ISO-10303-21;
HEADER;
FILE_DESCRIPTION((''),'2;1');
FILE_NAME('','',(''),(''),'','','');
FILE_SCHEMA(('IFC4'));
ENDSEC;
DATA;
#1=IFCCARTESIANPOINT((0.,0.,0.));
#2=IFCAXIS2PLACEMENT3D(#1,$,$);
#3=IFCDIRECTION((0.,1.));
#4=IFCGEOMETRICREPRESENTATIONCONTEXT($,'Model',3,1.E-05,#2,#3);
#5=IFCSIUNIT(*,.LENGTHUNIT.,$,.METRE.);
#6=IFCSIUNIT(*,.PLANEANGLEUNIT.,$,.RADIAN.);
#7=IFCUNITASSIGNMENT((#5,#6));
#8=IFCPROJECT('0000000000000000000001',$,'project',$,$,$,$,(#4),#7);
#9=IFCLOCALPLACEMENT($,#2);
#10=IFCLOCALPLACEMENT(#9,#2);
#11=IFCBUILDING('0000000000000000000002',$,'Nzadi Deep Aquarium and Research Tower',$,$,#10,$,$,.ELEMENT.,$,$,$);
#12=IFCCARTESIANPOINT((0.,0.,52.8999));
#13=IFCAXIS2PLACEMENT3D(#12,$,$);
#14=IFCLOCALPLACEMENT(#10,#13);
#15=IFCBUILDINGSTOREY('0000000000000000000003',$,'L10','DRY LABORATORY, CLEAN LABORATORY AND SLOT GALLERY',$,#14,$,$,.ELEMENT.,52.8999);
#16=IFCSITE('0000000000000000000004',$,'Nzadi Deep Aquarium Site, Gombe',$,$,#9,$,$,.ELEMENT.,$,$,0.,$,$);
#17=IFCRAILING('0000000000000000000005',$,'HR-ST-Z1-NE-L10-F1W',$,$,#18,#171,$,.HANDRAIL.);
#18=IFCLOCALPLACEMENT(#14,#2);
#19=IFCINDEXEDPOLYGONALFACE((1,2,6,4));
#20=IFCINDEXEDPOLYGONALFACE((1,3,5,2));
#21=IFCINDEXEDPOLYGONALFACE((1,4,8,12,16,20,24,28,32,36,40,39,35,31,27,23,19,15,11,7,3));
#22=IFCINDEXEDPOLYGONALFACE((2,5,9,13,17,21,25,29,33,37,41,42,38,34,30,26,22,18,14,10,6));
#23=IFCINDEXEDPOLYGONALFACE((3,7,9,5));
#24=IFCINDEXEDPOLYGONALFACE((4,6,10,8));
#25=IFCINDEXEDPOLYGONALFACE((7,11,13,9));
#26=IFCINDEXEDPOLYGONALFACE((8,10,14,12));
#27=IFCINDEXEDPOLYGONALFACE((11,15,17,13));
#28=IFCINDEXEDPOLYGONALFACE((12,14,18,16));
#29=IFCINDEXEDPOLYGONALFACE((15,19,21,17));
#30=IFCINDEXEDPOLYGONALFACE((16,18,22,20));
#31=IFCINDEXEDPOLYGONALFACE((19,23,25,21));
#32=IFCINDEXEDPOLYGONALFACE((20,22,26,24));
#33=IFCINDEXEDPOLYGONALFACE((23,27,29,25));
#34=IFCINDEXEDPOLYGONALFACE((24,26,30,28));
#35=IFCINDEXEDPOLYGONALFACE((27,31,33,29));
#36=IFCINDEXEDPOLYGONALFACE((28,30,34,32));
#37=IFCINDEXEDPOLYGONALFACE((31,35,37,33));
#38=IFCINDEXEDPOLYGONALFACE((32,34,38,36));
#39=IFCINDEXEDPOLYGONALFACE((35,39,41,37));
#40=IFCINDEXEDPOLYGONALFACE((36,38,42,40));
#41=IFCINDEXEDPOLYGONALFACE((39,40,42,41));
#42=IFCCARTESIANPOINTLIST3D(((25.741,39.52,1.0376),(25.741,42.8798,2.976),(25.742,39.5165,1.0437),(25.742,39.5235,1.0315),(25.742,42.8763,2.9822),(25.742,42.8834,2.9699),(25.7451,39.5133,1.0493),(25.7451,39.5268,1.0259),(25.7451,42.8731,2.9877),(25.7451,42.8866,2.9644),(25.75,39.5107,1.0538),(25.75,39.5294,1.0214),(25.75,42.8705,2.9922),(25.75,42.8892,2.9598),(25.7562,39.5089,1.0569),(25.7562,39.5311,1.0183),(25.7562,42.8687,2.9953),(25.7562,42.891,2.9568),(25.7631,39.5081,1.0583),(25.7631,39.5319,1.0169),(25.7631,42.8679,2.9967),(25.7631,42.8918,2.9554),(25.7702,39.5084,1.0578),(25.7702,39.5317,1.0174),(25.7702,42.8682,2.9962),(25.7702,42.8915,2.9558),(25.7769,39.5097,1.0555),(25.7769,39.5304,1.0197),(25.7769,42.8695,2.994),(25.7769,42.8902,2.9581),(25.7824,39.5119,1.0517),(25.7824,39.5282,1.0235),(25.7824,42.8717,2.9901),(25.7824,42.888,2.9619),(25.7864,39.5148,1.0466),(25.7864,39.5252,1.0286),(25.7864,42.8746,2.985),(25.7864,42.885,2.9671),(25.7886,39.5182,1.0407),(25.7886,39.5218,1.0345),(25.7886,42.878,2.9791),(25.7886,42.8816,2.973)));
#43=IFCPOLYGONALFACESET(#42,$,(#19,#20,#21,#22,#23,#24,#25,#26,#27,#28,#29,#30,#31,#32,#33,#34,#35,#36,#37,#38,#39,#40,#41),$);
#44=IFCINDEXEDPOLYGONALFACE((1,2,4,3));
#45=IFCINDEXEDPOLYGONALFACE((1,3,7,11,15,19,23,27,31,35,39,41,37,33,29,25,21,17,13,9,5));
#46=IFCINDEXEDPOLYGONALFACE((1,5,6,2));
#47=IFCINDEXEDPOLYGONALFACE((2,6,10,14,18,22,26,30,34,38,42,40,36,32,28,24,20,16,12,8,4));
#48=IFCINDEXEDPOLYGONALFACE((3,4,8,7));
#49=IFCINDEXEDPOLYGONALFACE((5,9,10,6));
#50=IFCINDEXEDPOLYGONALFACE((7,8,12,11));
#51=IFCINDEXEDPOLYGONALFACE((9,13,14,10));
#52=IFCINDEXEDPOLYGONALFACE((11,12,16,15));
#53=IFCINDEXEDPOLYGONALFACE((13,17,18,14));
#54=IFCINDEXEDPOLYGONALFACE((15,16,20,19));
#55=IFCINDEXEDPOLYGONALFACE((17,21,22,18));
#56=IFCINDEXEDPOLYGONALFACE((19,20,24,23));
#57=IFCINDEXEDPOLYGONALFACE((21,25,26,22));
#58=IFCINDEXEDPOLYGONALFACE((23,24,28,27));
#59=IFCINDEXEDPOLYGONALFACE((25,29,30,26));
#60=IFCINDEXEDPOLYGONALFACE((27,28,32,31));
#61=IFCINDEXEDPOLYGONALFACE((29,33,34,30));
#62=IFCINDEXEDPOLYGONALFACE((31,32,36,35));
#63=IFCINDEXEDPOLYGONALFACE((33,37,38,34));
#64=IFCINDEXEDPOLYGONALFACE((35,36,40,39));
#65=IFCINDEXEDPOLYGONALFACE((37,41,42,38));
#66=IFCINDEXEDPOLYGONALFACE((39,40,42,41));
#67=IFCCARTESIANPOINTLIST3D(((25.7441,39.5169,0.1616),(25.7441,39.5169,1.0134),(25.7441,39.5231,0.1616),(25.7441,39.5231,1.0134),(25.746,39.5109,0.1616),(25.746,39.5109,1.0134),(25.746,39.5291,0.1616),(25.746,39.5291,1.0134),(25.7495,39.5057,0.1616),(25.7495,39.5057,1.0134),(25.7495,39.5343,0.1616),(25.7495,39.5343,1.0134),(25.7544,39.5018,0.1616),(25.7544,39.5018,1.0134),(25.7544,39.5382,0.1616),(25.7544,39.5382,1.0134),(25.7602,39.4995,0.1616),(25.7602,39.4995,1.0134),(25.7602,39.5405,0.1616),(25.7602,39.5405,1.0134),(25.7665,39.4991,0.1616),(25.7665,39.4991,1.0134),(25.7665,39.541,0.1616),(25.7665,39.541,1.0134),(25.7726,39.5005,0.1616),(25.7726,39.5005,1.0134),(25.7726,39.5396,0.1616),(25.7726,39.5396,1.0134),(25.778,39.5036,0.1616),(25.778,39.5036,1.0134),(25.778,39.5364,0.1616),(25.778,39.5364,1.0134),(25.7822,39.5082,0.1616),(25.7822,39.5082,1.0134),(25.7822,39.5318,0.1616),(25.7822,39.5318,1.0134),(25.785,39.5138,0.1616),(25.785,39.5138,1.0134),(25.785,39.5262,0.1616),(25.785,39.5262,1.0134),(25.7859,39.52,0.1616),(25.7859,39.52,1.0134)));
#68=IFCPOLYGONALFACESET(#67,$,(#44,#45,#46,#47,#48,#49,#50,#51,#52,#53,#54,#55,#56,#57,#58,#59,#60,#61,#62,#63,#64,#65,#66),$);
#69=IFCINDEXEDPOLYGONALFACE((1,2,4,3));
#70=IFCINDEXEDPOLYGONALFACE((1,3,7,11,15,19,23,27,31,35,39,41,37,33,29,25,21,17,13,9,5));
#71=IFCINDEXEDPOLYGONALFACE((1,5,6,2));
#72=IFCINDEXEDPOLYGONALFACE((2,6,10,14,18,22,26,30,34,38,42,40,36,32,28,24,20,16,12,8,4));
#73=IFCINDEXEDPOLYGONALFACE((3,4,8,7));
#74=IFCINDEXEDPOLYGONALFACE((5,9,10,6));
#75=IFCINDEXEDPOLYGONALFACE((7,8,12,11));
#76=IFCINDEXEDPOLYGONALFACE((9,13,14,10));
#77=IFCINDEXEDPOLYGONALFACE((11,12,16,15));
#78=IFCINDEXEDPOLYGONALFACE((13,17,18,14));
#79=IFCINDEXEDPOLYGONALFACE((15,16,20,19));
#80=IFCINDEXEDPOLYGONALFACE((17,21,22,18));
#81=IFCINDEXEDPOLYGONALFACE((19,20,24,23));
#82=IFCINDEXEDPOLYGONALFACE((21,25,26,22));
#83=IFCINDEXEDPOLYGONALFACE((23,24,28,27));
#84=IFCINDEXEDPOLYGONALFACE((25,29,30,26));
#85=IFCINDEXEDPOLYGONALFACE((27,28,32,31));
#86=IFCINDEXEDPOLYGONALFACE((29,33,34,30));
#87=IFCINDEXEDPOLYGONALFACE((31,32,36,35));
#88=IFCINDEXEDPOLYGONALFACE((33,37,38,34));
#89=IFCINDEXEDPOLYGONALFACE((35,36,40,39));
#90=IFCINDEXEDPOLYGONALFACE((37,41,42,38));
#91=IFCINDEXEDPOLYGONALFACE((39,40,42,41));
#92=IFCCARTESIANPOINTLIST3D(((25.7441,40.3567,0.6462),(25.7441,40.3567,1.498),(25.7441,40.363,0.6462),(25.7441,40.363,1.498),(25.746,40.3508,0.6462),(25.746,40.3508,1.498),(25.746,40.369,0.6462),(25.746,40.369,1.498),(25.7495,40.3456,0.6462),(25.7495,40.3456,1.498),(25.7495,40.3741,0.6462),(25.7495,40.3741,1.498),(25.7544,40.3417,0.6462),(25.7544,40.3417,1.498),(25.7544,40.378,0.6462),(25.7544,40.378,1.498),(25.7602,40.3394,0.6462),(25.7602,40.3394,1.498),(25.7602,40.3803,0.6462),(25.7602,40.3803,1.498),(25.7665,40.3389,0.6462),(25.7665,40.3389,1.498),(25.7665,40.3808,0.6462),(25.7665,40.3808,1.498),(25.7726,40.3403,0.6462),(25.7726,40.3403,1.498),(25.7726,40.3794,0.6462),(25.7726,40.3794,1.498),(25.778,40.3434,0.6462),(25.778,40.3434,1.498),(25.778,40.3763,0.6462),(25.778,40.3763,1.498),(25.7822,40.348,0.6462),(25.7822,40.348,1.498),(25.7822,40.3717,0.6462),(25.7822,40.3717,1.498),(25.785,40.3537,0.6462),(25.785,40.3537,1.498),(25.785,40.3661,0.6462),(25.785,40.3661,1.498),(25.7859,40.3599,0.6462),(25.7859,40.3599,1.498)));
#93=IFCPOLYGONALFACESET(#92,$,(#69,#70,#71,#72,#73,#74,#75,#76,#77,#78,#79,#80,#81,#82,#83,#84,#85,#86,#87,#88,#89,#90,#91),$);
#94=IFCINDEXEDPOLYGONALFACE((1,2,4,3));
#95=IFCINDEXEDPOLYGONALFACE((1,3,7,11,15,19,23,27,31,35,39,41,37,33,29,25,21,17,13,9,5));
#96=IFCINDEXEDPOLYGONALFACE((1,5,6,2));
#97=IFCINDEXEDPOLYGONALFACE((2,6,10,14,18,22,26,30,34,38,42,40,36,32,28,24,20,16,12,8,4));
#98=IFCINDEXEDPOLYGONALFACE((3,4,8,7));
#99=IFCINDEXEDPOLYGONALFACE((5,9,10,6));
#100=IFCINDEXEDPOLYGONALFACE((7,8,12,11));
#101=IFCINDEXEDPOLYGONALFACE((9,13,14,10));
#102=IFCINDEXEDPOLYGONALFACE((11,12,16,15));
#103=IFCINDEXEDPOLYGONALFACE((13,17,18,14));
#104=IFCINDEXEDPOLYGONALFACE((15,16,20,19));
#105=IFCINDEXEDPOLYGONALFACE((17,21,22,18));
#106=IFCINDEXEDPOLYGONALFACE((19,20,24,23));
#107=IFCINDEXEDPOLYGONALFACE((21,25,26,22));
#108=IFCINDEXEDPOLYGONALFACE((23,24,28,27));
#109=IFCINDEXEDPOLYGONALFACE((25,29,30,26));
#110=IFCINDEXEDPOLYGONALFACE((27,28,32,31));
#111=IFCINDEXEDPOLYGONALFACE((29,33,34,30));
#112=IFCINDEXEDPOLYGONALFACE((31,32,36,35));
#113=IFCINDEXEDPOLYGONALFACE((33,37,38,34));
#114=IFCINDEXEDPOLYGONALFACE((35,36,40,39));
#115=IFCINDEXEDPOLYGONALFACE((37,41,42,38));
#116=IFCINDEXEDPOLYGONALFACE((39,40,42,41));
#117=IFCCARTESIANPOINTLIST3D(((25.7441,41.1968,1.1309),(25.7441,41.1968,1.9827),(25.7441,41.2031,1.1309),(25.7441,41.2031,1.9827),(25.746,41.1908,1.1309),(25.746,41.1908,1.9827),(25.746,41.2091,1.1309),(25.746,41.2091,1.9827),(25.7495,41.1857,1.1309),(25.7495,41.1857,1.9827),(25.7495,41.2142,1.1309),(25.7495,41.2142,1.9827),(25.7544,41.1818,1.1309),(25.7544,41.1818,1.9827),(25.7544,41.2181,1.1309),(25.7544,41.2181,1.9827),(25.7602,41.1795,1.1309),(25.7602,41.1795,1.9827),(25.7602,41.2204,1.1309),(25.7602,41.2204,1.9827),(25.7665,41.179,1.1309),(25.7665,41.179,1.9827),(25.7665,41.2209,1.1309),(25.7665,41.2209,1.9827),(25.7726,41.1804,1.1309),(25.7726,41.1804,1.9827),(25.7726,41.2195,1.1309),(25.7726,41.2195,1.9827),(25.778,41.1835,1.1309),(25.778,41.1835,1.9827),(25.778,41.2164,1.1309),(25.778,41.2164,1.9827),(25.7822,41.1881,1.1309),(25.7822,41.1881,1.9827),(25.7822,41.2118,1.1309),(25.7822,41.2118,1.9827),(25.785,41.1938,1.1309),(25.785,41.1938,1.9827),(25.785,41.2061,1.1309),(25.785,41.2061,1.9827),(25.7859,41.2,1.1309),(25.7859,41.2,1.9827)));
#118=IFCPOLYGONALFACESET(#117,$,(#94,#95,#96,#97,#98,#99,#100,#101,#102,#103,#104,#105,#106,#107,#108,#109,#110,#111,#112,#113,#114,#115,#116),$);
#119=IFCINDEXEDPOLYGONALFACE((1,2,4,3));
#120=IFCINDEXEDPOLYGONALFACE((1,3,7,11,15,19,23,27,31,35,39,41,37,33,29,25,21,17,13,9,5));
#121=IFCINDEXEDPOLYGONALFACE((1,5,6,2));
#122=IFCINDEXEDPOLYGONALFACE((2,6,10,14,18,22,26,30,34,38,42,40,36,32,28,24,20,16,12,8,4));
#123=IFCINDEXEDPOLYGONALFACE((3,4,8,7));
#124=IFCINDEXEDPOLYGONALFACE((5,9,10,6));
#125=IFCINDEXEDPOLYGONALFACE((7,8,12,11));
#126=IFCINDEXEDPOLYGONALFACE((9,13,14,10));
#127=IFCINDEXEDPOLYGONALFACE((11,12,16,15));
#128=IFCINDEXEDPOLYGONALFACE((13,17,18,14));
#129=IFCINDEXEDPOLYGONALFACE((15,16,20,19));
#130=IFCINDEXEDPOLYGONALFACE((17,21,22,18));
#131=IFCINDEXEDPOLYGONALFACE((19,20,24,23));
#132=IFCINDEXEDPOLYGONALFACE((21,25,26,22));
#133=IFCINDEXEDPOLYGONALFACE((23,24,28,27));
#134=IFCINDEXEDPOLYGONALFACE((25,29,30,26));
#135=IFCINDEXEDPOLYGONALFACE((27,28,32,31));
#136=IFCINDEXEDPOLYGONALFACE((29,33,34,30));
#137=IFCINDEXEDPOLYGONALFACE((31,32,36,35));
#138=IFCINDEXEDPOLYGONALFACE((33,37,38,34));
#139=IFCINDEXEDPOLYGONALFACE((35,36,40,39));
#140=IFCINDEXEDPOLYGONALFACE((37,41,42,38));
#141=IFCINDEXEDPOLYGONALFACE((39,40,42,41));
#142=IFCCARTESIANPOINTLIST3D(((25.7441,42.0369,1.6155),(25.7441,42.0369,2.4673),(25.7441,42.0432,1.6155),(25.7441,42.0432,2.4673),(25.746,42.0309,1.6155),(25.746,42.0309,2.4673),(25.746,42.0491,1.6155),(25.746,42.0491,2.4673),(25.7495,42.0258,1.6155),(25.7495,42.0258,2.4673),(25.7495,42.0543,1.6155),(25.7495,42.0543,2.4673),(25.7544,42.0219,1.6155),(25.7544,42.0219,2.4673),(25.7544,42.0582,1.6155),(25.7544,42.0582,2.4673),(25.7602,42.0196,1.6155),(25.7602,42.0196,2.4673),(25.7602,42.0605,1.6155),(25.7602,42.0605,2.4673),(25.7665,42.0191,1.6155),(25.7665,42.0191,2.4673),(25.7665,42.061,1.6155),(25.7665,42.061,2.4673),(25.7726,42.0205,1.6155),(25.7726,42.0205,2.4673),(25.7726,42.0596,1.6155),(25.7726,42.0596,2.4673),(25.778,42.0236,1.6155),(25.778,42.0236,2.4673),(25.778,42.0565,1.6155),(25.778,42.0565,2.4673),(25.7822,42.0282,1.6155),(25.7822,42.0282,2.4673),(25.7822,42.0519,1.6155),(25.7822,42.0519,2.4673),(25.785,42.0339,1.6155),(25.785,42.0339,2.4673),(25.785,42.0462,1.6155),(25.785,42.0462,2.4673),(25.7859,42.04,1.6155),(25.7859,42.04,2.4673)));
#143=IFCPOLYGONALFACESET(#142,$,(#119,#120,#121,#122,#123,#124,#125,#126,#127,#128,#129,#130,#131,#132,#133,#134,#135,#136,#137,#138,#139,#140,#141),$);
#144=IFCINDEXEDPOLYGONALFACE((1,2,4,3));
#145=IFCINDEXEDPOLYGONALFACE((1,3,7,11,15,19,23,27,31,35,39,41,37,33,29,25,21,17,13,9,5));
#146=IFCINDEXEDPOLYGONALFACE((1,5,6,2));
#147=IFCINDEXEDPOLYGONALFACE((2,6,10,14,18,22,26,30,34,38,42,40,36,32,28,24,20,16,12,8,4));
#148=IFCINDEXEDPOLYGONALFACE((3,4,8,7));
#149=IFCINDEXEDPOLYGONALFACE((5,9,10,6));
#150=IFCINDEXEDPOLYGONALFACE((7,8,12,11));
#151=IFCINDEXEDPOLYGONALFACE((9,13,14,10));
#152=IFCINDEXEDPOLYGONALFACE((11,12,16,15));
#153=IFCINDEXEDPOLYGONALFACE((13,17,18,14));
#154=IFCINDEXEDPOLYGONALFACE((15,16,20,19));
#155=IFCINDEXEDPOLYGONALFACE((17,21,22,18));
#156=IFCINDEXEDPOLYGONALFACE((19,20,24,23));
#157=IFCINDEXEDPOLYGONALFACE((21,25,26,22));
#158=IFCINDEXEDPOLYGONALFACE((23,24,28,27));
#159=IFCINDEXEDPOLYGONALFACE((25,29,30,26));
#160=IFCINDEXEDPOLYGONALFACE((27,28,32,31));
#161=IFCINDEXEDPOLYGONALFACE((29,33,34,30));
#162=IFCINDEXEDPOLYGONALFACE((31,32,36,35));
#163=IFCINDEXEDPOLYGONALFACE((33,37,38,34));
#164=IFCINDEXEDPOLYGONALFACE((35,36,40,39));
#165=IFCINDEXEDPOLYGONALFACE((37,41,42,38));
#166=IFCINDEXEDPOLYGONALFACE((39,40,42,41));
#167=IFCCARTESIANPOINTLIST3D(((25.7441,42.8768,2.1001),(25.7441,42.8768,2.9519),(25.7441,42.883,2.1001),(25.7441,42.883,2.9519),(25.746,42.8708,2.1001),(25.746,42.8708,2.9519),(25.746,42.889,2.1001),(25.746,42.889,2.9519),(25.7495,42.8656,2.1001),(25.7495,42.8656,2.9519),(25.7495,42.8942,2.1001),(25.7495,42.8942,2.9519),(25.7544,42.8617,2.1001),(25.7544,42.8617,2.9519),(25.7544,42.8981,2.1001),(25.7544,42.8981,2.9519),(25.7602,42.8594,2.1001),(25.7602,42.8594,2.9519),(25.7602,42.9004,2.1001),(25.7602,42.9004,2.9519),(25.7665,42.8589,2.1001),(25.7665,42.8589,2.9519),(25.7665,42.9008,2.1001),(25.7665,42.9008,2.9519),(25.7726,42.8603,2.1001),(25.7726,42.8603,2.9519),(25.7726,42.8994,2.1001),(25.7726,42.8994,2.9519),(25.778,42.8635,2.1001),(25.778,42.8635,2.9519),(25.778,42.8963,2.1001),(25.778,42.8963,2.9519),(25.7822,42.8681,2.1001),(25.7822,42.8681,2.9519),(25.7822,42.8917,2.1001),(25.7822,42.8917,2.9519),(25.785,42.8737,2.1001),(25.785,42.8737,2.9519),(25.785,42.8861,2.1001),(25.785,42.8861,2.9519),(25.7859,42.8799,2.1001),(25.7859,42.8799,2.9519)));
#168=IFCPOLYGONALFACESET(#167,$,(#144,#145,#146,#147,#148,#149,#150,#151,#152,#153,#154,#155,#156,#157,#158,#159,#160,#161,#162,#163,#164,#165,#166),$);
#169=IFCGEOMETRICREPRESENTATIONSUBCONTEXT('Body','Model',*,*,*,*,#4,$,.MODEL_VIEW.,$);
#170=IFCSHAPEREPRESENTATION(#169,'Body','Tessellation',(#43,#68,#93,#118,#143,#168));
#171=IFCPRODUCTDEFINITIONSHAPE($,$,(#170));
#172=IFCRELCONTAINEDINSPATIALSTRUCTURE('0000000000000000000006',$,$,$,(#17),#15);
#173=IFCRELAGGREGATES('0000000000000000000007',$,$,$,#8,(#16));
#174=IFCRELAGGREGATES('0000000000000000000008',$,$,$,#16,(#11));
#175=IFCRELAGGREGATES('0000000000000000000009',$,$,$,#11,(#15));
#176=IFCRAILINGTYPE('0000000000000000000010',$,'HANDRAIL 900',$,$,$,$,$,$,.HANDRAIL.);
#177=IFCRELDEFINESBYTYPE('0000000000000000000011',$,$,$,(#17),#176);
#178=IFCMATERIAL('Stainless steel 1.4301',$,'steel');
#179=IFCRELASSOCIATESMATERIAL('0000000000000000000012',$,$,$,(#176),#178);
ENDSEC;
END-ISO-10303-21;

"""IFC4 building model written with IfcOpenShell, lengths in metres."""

from ifc_helpers import new_model, si_unit, direction, frame, origin, origin_2d, place, context, subcontext, project, spatial, circle, extrude, material, type_object, element, save


model = new_model("IFC4")

# Units and contexts
model_context = context("Model", 3, precision=1e-05, world=origin(), true_north=direction((0.0, 1.0)))
body_context = subcontext(model_context, "Body", "Model", "MODEL_VIEW")
ifc_project = project(units=[si_unit("LENGTHUNIT", "METRE"), si_unit("PLANEANGLEUNIT", "RADIAN")], contexts=[model_context])

# Site, building, storey
site_placement = place(None, origin())
site = spatial("IfcSite", under=ifc_project, at=site_placement, Name="Nzadi Deep Aquarium Site, Gombe", CompositionType="ELEMENT", RefElevation=0.0)
building_placement = place(site_placement, origin())
building = spatial("IfcBuilding", under=site, at=building_placement, Name="Nzadi Deep Aquarium and Research Tower", CompositionType="ELEMENT")
storey_placement = place(building_placement, frame((0.0, 0.0, 52.8999)))
storey = spatial("IfcBuildingStorey", under=building, at=storey_placement, Name="L10", Description="DRY LABORATORY, CLEAN LABORATORY AND SLOT GALLERY", CompositionType="ELEMENT", Elevation=52.8999)

# Railing
ifc_material_1 = material(Name="Stainless steel 1.4301", Category="steel")
railing_type = type_object("IfcRailingType", Name="HANDRAIL 900", PredefinedType="HANDRAIL", material=ifc_material_1)
for number, where, name in (
    (1, (25.7649, 39.52, 0.1616), "HR-ST-Z1-NE-L10-F1W"),
):
    element("IfcRailing", number, at=place(storey_placement, frame(where)), inside=storey, type_object=railing_type, Name=name, PredefinedType="HANDRAIL", context=body_context, shape_type="SweptSolid", body=[
        extrude(circle(Radius=0.0239, at=origin_2d()), frame((0.0, 0.0, 0.876), z_axis=(0.0, 0.866175, 0.499741), x_axis=(-1.0, 0.0, 0.0)), (0.0, 0.0, 1.0), 3.8789),
        extrude(circle(Radius=0.021, at=origin_2d()), origin(), (0.0, 0.0, 1.0), 0.8518),
        extrude(circle(Radius=0.021, at=origin_2d()), frame((0.0, 0.8398, 0.4846)), (0.0, 0.0, 1.0), 0.8518),
        extrude(circle(Radius=0.021, at=origin_2d()), frame((0.0, 1.6799, 0.9692)), (0.0, 0.0, 1.0), 0.8518),
        extrude(circle(Radius=0.021, at=origin_2d()), frame((0.0, 2.52, 1.4539)), (0.0, 0.0, 1.0), 0.8518),
        extrude(circle(Radius=0.021, at=origin_2d()), frame((0.0, 3.3599, 1.9385)), (0.0, 0.0, 1.0), 0.8518),
    ])

save(model, "model.ifc")
